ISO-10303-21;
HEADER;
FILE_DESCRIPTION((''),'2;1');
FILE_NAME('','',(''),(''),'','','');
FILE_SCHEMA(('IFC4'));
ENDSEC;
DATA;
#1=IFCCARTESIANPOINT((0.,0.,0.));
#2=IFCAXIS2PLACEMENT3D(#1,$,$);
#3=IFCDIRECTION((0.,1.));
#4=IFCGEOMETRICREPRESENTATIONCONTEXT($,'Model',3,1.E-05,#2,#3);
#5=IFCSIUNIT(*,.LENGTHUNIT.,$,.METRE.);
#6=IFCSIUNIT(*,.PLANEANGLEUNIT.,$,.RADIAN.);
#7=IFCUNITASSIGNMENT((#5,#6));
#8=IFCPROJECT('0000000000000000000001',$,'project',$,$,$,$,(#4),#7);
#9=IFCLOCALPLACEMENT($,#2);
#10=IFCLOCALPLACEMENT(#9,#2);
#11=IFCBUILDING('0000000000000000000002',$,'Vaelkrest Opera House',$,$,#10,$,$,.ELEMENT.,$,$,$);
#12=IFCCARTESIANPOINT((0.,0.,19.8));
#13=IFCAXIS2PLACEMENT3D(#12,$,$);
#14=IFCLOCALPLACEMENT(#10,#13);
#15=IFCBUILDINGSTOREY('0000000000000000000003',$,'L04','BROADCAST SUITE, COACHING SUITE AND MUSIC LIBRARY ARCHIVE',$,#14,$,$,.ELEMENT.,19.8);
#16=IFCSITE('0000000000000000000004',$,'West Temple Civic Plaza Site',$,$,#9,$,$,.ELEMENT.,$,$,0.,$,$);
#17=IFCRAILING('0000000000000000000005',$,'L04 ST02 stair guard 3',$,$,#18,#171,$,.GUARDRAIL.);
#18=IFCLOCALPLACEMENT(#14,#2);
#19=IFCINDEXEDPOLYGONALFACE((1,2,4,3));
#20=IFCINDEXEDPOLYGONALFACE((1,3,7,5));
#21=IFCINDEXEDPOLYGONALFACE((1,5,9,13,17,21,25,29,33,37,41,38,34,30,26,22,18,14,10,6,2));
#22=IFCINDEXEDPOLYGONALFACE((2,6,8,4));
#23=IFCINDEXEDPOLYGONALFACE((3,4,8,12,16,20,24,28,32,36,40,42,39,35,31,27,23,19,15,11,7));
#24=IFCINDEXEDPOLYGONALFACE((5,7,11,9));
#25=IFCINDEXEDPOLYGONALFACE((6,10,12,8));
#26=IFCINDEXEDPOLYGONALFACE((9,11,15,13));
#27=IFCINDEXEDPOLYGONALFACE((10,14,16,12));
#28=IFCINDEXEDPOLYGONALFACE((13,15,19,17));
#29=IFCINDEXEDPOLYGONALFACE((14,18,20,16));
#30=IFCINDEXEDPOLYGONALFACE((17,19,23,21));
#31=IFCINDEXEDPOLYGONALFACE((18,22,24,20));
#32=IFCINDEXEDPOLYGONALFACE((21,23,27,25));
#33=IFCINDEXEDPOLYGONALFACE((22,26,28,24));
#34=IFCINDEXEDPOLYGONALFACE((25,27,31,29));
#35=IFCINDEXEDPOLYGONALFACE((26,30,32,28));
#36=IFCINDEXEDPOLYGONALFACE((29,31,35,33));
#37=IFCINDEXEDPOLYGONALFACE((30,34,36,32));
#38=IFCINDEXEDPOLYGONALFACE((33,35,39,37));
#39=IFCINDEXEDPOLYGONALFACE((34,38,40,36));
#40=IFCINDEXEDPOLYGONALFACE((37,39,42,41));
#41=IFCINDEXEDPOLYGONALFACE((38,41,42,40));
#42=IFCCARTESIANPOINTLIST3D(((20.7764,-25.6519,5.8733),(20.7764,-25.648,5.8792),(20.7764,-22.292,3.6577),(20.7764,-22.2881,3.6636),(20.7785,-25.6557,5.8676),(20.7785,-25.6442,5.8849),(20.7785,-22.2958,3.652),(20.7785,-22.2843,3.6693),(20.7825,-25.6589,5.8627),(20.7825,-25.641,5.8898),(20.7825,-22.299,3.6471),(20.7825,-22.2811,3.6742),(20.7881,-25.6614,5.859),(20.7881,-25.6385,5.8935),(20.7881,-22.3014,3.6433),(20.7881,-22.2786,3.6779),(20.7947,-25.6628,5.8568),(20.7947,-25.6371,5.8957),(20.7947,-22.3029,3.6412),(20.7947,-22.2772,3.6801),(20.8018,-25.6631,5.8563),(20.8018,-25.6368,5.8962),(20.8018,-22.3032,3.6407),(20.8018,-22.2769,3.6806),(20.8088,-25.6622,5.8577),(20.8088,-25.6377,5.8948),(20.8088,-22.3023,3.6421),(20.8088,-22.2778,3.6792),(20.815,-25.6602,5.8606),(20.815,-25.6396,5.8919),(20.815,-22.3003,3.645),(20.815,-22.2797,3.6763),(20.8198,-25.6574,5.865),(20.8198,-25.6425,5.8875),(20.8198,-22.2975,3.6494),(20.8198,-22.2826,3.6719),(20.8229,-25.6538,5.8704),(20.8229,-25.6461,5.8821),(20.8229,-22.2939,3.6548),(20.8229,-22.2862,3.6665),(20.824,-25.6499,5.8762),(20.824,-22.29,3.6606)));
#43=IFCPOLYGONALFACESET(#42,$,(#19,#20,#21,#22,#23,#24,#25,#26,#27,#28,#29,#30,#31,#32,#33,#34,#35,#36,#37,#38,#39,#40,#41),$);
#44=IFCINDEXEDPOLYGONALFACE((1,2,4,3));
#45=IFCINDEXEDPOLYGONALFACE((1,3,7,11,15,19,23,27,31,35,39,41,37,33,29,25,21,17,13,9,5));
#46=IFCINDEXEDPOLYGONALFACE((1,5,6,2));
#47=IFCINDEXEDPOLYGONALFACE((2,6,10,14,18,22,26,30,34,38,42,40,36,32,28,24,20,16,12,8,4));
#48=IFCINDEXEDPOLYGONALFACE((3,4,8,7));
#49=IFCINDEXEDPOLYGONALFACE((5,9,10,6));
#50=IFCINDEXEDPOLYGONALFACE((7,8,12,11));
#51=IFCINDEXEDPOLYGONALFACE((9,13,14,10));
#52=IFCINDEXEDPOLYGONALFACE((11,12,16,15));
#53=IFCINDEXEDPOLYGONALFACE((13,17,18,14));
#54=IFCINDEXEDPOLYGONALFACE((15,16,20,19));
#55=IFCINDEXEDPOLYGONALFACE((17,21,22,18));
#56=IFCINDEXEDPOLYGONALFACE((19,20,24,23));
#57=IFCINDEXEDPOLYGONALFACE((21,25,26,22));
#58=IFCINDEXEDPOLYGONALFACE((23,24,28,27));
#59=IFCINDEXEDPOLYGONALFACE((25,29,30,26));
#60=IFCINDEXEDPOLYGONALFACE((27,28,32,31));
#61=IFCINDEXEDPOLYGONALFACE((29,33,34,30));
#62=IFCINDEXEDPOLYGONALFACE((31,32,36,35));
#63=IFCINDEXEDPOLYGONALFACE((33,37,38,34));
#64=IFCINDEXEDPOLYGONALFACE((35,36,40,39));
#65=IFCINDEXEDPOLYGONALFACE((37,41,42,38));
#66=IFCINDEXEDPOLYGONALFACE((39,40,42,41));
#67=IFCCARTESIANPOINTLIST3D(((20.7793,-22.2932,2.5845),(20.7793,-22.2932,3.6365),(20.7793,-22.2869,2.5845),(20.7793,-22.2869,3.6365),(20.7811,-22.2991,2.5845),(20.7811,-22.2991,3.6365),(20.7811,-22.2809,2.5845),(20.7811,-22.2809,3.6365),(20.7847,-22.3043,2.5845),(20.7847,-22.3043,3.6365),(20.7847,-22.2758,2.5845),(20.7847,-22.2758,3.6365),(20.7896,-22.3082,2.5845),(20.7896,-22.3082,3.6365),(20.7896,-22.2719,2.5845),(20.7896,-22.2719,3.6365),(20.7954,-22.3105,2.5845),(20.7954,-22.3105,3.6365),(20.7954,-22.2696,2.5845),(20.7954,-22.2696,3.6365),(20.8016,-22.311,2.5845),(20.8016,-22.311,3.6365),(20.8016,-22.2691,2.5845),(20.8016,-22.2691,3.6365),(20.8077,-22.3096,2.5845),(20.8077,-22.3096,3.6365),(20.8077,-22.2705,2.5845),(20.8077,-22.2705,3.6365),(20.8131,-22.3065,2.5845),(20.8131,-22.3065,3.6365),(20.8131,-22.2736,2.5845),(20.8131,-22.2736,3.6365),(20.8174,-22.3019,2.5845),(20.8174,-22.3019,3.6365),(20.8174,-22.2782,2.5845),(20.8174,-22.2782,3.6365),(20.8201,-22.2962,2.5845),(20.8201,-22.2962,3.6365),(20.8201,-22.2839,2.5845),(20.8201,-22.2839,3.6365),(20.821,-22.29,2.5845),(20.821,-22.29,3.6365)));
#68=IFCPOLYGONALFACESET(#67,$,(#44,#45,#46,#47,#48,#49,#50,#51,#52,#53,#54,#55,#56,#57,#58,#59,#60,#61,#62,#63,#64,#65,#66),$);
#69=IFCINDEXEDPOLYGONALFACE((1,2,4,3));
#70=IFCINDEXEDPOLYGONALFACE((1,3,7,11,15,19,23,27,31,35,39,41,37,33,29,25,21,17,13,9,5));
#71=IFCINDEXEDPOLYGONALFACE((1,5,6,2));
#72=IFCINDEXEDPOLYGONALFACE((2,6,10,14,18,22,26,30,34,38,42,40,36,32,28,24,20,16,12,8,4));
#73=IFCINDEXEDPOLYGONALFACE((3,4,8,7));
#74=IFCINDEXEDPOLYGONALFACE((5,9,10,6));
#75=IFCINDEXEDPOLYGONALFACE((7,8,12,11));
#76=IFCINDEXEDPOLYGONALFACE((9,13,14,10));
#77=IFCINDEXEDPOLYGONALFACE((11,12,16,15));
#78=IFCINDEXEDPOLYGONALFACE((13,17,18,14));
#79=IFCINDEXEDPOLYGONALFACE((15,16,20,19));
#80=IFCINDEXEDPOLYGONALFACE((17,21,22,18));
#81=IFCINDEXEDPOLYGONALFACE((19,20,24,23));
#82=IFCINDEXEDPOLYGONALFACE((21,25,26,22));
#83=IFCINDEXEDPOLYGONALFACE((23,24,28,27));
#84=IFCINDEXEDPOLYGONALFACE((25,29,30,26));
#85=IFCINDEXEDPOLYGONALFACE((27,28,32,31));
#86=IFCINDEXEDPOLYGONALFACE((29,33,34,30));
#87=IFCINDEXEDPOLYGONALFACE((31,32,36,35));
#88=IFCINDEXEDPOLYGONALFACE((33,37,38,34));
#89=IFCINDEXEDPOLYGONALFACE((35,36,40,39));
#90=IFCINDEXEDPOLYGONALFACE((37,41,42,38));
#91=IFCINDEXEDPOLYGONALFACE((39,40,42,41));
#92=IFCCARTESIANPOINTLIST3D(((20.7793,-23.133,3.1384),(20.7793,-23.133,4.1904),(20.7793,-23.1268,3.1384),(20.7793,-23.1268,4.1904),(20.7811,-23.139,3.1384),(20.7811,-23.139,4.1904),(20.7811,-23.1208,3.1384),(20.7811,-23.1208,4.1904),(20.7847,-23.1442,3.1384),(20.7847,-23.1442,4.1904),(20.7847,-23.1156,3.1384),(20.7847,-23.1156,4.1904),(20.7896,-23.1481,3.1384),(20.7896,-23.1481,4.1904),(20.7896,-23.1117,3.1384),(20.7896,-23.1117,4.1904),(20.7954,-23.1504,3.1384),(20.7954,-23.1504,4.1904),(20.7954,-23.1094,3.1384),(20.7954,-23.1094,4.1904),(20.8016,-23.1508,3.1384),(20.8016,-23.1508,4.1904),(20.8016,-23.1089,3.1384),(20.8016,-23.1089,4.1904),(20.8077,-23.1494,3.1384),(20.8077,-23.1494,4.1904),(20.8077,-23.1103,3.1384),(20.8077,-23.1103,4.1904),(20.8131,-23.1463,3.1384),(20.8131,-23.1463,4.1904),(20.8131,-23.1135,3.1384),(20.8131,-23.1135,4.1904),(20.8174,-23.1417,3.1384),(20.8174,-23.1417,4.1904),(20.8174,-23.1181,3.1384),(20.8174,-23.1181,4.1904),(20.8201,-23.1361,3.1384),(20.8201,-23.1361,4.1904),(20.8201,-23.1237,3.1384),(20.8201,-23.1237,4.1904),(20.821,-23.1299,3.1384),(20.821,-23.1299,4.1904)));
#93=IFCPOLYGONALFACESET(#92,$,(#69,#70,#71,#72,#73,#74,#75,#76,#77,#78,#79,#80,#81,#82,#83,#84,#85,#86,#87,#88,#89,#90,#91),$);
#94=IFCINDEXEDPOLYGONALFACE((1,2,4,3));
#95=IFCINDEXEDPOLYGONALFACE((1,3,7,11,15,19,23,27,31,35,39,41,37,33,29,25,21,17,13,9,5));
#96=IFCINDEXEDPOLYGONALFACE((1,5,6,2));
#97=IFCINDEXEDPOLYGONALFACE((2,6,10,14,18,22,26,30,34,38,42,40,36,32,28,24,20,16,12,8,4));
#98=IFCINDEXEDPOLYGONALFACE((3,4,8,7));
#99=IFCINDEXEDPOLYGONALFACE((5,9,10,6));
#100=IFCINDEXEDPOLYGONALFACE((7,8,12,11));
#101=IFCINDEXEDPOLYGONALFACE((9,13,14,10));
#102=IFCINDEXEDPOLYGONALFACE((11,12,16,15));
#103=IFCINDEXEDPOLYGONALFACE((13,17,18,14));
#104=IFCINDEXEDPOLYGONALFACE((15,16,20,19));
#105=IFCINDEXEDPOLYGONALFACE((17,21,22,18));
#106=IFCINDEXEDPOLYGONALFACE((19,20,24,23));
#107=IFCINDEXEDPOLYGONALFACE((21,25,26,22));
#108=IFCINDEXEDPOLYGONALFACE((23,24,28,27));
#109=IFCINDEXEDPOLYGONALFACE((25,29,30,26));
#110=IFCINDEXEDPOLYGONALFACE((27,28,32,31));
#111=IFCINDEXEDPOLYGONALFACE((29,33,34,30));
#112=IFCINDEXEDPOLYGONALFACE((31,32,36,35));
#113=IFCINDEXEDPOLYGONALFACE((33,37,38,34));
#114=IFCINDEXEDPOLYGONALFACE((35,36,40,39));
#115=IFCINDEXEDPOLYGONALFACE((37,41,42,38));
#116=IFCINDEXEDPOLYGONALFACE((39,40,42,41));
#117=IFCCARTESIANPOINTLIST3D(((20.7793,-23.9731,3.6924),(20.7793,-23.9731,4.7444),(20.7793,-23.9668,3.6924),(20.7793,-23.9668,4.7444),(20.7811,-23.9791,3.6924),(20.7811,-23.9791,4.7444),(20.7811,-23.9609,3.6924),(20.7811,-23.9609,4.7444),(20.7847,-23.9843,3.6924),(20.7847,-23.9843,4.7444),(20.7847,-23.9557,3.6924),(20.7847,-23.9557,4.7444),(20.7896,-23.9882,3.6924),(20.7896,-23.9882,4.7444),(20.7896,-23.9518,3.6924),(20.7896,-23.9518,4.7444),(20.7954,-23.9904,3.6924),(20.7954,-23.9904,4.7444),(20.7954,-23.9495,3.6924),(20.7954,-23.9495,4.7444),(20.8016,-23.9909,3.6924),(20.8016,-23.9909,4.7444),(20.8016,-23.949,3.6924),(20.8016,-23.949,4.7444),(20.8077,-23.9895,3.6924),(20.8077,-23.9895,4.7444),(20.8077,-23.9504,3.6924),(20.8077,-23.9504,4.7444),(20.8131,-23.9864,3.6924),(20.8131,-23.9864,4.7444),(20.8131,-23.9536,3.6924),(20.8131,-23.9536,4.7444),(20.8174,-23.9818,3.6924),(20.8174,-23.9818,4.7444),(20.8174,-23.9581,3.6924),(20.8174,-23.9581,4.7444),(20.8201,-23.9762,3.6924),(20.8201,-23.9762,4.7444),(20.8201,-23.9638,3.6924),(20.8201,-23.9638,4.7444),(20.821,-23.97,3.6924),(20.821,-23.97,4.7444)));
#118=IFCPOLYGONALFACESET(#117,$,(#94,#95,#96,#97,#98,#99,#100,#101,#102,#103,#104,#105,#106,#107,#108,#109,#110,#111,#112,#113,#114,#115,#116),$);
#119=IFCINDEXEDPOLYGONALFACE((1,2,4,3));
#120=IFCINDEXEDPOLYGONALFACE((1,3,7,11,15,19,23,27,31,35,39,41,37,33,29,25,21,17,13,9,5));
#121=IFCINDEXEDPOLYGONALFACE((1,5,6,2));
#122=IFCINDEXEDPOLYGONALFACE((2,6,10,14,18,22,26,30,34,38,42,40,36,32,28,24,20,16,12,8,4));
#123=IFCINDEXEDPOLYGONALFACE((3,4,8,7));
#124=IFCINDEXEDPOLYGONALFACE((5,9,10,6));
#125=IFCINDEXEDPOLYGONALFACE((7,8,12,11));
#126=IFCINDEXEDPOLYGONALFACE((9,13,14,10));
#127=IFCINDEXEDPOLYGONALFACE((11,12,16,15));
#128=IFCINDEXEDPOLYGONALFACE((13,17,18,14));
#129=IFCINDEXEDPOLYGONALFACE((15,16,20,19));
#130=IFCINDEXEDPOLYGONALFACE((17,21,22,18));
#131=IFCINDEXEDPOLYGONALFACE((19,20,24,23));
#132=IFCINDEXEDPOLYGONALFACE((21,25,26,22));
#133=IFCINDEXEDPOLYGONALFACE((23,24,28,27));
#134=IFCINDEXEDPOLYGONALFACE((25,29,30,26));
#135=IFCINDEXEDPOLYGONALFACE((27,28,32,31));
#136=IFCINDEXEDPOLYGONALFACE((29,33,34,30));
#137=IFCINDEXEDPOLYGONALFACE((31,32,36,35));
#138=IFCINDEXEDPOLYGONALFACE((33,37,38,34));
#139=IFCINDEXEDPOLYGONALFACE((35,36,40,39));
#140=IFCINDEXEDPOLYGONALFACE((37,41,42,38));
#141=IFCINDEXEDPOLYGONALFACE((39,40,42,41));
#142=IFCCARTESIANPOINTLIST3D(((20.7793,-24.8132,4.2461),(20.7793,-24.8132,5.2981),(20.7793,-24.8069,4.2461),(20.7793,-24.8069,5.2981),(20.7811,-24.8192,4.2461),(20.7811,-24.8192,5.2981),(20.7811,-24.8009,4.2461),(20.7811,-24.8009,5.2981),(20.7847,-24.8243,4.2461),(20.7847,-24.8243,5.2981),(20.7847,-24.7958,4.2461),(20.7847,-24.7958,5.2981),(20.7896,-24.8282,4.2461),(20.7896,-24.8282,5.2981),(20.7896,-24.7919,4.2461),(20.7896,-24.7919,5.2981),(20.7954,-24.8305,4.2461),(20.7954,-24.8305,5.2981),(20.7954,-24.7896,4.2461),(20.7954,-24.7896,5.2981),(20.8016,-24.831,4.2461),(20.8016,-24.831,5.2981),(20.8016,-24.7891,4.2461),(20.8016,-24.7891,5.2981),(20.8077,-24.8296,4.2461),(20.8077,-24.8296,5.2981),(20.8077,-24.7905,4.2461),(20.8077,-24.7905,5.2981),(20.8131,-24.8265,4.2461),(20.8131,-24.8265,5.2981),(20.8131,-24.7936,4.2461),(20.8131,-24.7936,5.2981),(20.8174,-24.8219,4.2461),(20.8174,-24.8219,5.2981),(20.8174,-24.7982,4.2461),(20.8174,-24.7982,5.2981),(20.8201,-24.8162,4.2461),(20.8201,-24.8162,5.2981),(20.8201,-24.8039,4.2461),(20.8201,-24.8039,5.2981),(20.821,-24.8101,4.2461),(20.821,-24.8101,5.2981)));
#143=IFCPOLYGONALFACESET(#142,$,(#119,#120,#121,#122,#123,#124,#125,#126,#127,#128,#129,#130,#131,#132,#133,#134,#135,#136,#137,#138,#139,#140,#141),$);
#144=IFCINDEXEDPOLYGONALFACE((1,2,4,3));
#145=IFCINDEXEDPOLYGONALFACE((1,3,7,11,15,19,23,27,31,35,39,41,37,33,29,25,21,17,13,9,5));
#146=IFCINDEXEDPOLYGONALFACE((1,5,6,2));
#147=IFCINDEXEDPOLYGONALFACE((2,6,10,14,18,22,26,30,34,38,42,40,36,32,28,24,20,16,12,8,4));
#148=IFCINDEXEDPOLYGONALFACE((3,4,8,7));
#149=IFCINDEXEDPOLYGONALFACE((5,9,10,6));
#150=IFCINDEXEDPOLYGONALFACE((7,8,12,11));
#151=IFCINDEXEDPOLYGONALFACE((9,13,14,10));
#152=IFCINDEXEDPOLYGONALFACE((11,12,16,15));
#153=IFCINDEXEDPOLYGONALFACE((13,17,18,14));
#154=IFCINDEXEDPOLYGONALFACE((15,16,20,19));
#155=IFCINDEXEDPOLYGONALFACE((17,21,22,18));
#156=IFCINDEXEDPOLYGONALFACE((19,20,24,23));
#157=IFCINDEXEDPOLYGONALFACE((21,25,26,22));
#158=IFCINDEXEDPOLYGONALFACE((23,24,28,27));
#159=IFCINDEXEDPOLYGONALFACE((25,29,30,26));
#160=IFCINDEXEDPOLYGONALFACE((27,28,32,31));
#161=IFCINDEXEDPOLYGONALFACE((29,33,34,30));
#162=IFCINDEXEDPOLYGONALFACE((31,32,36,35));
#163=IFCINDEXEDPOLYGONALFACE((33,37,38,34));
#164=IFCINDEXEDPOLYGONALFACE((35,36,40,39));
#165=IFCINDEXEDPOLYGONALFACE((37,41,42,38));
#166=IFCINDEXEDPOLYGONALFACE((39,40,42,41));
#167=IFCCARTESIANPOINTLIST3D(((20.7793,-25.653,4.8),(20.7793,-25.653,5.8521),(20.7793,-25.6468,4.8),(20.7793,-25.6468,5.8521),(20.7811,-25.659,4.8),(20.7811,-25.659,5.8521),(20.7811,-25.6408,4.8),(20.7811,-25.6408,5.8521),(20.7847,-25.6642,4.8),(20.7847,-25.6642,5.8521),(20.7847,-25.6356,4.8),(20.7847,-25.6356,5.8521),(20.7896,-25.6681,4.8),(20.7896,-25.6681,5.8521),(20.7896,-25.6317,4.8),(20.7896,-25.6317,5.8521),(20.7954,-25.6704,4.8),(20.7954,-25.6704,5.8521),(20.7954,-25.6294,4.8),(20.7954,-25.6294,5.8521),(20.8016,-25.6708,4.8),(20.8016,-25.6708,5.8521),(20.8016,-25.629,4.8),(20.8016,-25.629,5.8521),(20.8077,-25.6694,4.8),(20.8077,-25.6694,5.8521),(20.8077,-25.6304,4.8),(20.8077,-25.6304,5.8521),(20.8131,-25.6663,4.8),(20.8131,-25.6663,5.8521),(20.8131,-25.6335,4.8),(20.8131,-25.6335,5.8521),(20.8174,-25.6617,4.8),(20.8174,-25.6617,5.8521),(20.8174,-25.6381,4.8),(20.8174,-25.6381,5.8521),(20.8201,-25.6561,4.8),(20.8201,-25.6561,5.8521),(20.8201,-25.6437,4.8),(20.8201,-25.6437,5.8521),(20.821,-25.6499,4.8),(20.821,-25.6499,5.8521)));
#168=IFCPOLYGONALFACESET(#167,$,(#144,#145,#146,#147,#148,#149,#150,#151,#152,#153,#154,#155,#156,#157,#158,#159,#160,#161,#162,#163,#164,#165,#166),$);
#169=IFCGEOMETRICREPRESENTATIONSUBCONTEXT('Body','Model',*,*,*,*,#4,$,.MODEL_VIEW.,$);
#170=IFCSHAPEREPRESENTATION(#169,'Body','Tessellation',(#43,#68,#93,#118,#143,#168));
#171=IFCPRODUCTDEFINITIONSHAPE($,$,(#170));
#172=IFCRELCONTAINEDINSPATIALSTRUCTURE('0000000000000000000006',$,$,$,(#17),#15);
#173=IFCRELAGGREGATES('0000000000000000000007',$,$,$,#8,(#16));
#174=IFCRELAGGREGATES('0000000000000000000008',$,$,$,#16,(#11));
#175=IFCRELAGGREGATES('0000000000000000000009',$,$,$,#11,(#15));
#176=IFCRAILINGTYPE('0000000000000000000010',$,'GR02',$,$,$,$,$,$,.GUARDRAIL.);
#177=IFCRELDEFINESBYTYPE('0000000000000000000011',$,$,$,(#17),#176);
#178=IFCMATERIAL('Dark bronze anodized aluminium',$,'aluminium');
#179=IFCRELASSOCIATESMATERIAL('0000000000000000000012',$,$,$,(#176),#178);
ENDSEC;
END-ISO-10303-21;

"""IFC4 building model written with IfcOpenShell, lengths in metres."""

from ifc_helpers import new_model, si_unit, direction, frame, origin, origin_2d, place, context, subcontext, project, spatial, circle, extrude, material, type_object, element, save


model = new_model("IFC4")

# Units and contexts
model_context = context("Model", 3, precision=1e-05, world=origin(), true_north=direction((0.0, 1.0)))
body_context = subcontext(model_context, "Body", "Model", "MODEL_VIEW")
ifc_project = project(units=[si_unit("LENGTHUNIT", "METRE"), si_unit("PLANEANGLEUNIT", "RADIAN")], contexts=[model_context])

# Site, building, storey
site_placement = place(None, origin())
site = spatial("IfcSite", under=ifc_project, at=site_placement, Name="West Temple Civic Plaza Site", CompositionType="ELEMENT", RefElevation=0.0)
building_placement = place(site_placement, origin())
building = spatial("IfcBuilding", under=site, at=building_placement, Name="Vaelkrest Opera House", CompositionType="ELEMENT")
storey_placement = place(building_placement, frame((0.0, 0.0, 19.8)))
storey = spatial("IfcBuildingStorey", under=building, at=storey_placement, Name="L04", Description="BROADCAST SUITE, COACHING SUITE AND MUSIC LIBRARY ARCHIVE", CompositionType="ELEMENT", Elevation=19.8)

# Railing
ifc_material_1 = material(Name="Dark bronze anodized aluminium", Category="aluminium")
railing_type = type_object("IfcRailingType", Name="GR02", PredefinedType="GUARDRAIL", material=ifc_material_1)
railing_1_placement = place(storey_placement, frame((20.8, -22.29, 2.5845)))
element("IfcRailing", 1, at=railing_1_placement, inside=storey, type_object=railing_type, Name="L04 ST02 stair guard 3", PredefinedType="GUARDRAIL", context=body_context, shape_type="SweptSolid", body=[
    extrude(circle(Radius=0.0239, at=origin_2d()), frame((0.0, 0.0, 1.0762), z_axis=(0.0, -0.83483, 0.550508), x_axis=(1.0, 0.0, 0.0)), (0.0, 0.0, 1.0), 4.0247),
    extrude(circle(Radius=0.021, at=origin_2d()), origin(), (0.0, 0.0, 1.0), 1.052),
    extrude(circle(Radius=0.021, at=origin_2d()), frame((0.0, -0.8398, 0.554)), (0.0, 0.0, 1.0), 1.052),
    extrude(circle(Radius=0.021, at=origin_2d()), frame((0.0, -1.6799, 1.1079)), (0.0, 0.0, 1.0), 1.052),
    extrude(circle(Radius=0.021, at=origin_2d()), frame((0.0, -2.52, 1.6616)), (0.0, 0.0, 1.0), 1.052),
    extrude(circle(Radius=0.021, at=origin_2d()), frame((0.0, -3.3599, 2.2156)), (0.0, 0.0, 1.0), 1.052),
])

save(model, "model.ifc")
